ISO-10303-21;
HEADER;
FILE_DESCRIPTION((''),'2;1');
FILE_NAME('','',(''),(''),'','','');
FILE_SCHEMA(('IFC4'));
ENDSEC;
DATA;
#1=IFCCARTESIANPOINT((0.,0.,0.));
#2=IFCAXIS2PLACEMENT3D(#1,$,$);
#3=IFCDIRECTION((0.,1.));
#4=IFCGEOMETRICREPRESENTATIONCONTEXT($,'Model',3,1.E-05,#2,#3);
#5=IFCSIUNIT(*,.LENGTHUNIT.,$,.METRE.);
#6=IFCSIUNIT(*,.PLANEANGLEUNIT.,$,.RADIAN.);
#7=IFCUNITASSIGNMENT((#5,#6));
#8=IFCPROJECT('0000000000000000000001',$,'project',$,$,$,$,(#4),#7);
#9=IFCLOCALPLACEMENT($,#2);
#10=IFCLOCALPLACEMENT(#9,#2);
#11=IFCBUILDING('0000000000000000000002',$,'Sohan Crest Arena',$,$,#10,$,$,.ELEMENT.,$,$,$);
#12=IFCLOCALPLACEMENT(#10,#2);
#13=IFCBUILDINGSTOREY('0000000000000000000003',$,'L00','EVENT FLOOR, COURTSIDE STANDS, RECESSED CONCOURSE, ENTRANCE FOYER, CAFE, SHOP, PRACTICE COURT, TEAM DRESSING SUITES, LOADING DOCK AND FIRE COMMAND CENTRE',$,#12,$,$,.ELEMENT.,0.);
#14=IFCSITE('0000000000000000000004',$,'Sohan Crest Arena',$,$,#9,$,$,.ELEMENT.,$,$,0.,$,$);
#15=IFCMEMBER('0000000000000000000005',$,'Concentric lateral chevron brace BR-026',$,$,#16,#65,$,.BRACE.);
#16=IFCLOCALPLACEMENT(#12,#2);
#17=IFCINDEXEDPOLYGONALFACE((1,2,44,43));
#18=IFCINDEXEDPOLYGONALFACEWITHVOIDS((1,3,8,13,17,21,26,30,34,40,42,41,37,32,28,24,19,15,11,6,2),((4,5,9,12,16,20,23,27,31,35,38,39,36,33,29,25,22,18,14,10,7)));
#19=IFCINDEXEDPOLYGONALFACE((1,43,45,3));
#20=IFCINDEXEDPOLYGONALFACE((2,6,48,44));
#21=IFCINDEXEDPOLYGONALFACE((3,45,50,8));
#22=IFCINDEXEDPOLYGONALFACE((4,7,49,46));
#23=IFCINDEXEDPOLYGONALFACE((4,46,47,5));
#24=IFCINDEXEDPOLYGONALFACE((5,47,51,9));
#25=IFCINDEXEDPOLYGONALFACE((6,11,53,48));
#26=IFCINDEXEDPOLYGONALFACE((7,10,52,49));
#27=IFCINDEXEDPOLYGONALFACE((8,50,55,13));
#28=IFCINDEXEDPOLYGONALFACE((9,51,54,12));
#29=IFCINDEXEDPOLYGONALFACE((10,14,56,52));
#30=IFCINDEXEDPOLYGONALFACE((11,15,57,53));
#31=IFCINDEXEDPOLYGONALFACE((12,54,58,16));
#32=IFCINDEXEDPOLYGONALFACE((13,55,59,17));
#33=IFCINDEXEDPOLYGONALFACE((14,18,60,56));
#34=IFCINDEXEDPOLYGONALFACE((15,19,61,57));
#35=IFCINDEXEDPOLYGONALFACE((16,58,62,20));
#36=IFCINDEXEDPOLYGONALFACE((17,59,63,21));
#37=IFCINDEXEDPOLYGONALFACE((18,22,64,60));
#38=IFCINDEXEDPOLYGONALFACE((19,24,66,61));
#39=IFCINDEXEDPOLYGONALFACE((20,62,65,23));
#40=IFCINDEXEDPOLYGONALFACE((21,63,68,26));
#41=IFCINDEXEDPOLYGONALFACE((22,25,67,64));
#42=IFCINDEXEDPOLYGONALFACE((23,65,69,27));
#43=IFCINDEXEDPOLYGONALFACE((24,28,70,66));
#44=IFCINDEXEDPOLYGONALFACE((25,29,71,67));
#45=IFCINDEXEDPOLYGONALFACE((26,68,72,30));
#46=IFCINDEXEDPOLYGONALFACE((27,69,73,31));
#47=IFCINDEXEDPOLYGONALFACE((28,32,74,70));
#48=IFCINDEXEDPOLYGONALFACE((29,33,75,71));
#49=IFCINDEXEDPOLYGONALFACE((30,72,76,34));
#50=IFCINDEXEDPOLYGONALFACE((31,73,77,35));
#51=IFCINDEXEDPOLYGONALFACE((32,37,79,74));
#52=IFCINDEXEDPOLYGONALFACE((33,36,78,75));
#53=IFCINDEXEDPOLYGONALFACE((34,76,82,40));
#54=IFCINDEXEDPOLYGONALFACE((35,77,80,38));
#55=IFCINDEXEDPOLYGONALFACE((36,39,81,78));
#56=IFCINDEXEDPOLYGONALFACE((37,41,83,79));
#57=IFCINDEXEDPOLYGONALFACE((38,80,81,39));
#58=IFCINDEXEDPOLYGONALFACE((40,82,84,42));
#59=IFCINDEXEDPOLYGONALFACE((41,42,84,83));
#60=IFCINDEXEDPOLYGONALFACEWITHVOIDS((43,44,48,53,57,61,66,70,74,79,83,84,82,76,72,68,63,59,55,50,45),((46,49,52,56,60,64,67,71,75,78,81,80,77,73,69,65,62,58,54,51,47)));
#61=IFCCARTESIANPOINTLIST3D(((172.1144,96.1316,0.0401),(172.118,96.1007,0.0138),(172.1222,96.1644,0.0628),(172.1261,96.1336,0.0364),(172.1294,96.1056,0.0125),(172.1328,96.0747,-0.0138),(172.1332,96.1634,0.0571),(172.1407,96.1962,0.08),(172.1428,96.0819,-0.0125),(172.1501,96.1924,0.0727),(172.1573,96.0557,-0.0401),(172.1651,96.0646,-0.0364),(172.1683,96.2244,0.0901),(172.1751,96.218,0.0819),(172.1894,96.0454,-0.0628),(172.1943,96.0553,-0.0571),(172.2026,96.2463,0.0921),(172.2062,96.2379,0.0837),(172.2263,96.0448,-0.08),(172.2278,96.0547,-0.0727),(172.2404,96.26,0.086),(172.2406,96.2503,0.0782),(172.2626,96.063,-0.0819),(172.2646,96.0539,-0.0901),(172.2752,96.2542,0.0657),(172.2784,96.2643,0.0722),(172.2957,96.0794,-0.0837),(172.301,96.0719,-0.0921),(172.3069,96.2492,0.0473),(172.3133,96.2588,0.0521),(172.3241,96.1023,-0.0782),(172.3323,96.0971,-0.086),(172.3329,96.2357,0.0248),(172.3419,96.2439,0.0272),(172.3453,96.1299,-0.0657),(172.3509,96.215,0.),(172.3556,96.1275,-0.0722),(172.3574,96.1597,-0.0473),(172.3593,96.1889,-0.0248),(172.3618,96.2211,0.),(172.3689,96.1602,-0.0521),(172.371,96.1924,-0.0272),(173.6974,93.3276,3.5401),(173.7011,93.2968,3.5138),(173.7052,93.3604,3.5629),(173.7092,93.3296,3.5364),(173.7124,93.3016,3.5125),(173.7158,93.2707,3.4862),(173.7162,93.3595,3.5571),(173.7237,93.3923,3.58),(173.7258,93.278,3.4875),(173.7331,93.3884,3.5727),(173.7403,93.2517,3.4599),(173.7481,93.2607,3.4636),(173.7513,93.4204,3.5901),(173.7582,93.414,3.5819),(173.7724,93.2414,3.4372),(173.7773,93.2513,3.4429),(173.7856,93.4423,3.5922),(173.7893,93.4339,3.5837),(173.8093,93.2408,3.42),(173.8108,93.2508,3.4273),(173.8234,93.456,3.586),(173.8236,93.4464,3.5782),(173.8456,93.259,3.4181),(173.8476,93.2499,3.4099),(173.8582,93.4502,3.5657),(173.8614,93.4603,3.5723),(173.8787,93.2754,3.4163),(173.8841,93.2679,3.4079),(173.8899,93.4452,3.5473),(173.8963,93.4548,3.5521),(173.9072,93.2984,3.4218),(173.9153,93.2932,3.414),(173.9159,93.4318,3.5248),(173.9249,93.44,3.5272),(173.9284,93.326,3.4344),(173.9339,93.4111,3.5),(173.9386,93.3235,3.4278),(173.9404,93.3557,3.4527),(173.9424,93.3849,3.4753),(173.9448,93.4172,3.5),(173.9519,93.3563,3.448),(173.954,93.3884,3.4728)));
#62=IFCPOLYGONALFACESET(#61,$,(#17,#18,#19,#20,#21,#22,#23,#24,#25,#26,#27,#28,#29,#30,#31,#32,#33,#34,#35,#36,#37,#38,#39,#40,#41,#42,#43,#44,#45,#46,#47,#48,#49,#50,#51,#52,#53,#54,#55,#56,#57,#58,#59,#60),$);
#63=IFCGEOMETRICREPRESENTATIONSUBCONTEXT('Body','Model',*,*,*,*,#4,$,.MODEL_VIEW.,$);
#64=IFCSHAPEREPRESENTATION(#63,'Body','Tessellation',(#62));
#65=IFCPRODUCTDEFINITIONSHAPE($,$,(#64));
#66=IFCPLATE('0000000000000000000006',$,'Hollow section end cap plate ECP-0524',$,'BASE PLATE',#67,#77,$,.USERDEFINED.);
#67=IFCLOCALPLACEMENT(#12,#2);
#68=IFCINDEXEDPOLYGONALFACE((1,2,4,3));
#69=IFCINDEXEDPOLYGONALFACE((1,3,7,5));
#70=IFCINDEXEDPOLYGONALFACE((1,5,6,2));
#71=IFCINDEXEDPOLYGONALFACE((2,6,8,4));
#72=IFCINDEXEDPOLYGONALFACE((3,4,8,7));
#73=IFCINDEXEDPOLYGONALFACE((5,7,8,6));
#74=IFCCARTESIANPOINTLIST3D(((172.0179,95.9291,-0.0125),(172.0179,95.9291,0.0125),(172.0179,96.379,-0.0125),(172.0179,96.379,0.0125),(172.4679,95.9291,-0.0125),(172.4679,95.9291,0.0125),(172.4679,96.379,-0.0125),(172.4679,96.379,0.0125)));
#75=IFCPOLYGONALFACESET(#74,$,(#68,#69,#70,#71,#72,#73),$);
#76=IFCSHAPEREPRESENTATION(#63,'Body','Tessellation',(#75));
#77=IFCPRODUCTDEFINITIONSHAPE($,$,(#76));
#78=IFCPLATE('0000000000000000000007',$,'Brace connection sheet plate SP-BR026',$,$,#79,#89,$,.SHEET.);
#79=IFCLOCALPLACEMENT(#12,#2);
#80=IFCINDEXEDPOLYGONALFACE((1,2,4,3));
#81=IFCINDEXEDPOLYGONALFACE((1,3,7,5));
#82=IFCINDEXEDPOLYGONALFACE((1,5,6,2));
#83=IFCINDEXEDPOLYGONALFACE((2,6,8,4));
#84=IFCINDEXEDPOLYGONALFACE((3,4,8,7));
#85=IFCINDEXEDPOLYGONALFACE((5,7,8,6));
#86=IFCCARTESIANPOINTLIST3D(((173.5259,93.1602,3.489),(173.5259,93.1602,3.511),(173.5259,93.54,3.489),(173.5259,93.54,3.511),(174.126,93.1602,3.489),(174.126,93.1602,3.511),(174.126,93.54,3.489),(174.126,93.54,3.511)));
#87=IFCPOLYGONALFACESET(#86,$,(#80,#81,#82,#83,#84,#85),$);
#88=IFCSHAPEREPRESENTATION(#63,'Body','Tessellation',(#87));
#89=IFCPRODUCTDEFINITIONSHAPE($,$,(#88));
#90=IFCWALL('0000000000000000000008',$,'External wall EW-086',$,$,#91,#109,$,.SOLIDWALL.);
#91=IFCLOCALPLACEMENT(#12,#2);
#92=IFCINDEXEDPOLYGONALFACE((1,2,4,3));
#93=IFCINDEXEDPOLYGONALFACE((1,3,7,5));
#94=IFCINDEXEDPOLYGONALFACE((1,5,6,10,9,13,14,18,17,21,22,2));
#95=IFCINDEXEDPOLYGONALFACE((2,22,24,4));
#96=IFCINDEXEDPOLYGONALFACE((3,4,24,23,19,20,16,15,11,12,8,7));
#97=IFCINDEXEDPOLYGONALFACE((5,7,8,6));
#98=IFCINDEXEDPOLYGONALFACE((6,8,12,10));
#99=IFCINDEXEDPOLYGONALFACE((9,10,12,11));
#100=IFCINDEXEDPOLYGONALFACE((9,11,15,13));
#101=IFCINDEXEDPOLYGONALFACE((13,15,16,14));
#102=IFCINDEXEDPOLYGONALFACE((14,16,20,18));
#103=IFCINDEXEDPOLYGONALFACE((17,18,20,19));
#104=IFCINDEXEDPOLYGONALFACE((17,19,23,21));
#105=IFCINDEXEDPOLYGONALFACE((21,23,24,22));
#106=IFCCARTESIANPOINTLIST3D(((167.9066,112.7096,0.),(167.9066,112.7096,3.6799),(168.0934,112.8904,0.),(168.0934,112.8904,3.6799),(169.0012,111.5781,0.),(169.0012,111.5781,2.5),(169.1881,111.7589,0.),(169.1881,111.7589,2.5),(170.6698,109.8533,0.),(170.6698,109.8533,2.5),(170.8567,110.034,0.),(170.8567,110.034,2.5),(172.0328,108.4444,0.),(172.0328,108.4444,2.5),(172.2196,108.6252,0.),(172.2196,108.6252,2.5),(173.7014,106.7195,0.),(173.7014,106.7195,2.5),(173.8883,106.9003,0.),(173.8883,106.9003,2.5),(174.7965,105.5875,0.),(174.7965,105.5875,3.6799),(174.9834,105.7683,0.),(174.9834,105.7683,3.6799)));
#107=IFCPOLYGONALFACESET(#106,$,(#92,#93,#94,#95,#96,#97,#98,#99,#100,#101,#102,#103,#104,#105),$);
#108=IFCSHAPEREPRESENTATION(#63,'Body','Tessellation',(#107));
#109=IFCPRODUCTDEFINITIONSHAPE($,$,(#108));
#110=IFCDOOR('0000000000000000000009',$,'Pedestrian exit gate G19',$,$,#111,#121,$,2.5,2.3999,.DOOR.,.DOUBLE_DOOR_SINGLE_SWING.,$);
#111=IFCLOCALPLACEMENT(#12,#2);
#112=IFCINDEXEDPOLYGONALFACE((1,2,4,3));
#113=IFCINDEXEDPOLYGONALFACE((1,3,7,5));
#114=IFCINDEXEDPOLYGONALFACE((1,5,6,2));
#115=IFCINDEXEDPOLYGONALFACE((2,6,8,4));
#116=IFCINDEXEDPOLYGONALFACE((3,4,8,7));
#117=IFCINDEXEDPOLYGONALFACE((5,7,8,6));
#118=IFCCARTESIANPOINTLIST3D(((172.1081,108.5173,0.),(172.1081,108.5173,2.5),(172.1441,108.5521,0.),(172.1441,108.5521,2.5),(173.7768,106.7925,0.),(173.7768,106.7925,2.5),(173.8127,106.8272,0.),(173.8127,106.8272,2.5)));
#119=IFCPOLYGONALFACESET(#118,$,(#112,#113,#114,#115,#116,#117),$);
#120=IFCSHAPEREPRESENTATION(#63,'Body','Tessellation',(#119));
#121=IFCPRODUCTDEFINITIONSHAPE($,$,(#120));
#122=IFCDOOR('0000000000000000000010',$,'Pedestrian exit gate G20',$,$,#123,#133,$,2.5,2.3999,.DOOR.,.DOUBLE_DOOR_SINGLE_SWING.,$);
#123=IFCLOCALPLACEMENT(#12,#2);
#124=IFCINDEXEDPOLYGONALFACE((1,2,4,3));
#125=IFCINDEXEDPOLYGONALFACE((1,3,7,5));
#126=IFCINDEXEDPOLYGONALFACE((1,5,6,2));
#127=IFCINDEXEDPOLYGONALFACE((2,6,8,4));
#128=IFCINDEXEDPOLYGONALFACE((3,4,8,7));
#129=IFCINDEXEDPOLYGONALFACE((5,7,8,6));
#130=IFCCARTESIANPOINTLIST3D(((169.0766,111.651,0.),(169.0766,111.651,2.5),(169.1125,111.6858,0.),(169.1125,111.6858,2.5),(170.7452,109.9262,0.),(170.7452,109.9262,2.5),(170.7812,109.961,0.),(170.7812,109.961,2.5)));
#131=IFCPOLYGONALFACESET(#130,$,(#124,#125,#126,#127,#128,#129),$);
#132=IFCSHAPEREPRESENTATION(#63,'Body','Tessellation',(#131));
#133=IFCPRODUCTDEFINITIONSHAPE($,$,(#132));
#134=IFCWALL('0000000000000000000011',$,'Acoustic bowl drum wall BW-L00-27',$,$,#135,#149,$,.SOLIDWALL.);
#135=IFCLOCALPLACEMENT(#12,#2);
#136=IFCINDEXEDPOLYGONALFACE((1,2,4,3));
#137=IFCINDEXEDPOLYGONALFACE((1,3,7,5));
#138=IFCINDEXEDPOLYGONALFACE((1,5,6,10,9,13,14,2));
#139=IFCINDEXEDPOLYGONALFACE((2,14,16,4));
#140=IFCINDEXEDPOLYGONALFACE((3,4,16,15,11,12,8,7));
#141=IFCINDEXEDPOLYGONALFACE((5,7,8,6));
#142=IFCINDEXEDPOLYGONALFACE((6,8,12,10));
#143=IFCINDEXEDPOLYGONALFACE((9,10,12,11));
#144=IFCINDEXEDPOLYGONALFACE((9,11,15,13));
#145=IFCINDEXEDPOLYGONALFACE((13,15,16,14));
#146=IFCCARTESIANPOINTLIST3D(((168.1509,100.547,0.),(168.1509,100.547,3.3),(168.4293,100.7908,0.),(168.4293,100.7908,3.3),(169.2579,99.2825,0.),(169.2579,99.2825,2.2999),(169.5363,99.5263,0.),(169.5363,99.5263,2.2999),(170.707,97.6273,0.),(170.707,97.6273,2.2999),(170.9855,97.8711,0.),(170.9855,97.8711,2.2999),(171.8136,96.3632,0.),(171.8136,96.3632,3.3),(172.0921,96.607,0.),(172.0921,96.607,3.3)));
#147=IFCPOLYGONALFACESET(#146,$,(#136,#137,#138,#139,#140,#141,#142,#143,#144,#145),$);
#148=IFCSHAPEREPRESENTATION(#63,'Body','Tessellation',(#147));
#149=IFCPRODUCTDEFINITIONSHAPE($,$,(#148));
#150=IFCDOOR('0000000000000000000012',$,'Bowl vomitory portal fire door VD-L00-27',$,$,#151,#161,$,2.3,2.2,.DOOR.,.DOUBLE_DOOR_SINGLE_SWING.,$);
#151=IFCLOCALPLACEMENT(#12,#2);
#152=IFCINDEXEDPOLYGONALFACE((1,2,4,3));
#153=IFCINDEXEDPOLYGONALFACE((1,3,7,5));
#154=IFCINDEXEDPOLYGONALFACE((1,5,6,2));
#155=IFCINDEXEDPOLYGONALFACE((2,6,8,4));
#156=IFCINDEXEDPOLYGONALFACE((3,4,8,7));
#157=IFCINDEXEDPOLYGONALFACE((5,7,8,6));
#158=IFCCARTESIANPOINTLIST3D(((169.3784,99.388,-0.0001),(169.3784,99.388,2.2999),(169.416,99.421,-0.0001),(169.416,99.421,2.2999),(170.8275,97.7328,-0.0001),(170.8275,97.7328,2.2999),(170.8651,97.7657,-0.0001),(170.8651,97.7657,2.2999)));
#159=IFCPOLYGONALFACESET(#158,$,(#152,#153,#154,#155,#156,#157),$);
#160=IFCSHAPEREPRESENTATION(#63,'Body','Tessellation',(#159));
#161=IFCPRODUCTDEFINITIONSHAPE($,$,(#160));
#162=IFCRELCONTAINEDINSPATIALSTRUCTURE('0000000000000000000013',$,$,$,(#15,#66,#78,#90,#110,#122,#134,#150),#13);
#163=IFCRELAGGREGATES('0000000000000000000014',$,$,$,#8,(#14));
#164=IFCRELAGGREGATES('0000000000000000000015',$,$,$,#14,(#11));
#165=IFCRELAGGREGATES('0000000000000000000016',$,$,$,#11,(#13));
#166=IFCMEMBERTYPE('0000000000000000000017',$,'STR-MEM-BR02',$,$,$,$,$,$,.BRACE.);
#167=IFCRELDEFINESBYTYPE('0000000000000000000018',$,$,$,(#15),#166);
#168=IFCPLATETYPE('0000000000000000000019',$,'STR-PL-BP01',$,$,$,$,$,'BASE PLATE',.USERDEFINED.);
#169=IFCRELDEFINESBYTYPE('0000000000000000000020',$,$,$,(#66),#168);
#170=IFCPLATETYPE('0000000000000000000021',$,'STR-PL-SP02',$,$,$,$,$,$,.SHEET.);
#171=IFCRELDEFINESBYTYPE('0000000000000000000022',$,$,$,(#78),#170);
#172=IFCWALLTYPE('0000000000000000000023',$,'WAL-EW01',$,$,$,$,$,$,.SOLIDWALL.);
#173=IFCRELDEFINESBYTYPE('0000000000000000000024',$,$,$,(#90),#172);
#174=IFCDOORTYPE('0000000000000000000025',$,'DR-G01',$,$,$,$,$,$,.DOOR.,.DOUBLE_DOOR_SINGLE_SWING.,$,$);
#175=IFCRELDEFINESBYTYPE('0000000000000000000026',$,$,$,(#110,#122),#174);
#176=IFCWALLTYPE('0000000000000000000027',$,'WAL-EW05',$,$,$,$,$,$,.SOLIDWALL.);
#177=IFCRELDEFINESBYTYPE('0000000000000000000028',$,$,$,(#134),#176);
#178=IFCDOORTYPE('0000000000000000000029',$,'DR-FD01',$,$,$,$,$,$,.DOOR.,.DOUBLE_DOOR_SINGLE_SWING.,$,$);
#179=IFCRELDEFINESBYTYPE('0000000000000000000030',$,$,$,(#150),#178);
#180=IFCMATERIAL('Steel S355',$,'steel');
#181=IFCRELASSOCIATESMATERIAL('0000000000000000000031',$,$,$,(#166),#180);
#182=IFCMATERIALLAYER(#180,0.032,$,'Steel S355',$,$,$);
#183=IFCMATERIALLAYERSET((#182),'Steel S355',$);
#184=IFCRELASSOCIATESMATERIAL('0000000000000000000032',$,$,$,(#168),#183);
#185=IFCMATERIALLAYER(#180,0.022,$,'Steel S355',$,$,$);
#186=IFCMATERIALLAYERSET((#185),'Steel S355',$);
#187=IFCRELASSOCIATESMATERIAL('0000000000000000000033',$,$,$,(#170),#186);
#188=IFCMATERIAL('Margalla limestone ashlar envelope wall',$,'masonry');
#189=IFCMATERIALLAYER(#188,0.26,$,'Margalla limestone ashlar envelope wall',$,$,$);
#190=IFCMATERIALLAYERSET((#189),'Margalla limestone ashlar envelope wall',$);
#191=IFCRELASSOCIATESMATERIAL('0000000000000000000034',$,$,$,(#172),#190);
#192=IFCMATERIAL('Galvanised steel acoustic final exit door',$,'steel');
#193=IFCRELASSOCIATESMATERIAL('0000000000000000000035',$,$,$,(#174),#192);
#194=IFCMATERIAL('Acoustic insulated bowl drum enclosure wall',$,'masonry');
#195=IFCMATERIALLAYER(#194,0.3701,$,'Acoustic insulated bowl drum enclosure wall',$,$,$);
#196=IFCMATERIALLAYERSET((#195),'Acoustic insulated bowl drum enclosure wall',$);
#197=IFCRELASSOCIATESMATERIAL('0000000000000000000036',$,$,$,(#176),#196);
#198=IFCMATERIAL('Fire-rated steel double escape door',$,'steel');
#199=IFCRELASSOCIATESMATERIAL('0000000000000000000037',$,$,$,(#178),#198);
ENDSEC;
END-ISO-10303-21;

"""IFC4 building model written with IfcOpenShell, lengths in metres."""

from ifc_helpers import new_model, si_unit, direction, frame, frame_2d, origin, origin_2d, place, context, subcontext, project, spatial, rectangle, hollow_circle, extrude, material, layer, layer_set, material_profile, profile_set, type_object, element, fill, save


model = new_model("IFC4")

# Units and contexts
model_context = context("Model", 3, precision=1e-05, world=origin(), true_north=direction((0.0, 1.0)))
body_context = subcontext(model_context, "Body", "Model", "MODEL_VIEW")
ifc_project = project(units=[si_unit("LENGTHUNIT", "METRE"), si_unit("PLANEANGLEUNIT", "RADIAN")], contexts=[model_context])

# Site, building, storey
site_placement = place(None, origin())
site = spatial("IfcSite", under=ifc_project, at=site_placement, Name="Sohan Crest Arena", CompositionType="ELEMENT", RefElevation=0.0)
building_placement = place(site_placement, origin())
building = spatial("IfcBuilding", under=site, at=building_placement, Name="Sohan Crest Arena", CompositionType="ELEMENT")
storey_placement = place(building_placement, origin())
storey = spatial("IfcBuildingStorey", under=building, at=storey_placement, Name="L00", Description="EVENT FLOOR, COURTSIDE STANDS, RECESSED CONCOURSE, ENTRANCE FOYER, CAFE, SHOP, PRACTICE COURT, TEAM DRESSING SUITES, LOADING DOCK AND FIRE COMMAND CENTRE", CompositionType="ELEMENT", Elevation=0.0)

# Shared definitions
ifc_material_1 = material(Name="Steel S355", Category="steel")

# Member
ifc_material_profile_1 = material_profile(ifc_material_1, hollow_circle(Radius=0.1365, WallThickness=0.0125, at=origin_2d()), Name="CHS 273x12.5")
ifc_profile_set_1 = profile_set([ifc_material_profile_1], Name="Steel S355")
member_type_1 = type_object("IfcMemberType", Name="STR-MEM-BR02", PredefinedType="BRACE", material=ifc_profile_set_1)
member_1_placement = place(storey_placement, frame((172.2429, 96.1541, 0.0), z_axis=(0.332855, -0.589581, 0.735936), x_axis=(0.870807, 0.491625, 0.0)))
element("IfcMember", 1, at=member_1_placement, inside=storey, type_object=member_type_1, Name="Concentric lateral chevron brace BR-026", PredefinedType="BRACE", context=body_context, shape_type="SweptSolid", body=[
    extrude(hollow_circle(Radius=0.1365, WallThickness=0.0125, at=origin_2d()), origin(), (0.0, 0.0, 1.0), 4.7559),
])

# Plates
ifc_layer_1 = layer(ifc_material_1, 0.032, Name="Steel S355")
ifc_layer_set_1 = layer_set([ifc_layer_1], Name="Steel S355")
plate_type_1 = type_object("IfcPlateType", Name="STR-PL-BP01", ElementType="BASE PLATE", PredefinedType="USERDEFINED", material=ifc_layer_set_1)
plate_1_placement = place(storey_placement, frame((172.2429, 96.1541, -0.0125), z_axis=(0.0, 0.0, 1.0), x_axis=(1.0, 0.0, 0.0)))
element("IfcPlate", 2, at=plate_1_placement, inside=storey, type_object=plate_type_1, Name="Hollow section end cap plate ECP-0524", ObjectType="BASE PLATE", PredefinedType="USERDEFINED", context=body_context, shape_type="SweptSolid", body=[
    extrude(rectangle(XDim=0.45, YDim=0.45, at=origin_2d()), origin(), (0.0, 0.0, 1.0), 0.0249),
])
ifc_layer_2 = layer(ifc_material_1, 0.022, Name="Steel S355")
ifc_layer_set_2 = layer_set([ifc_layer_2], Name="Steel S355")
plate_type_2 = type_object("IfcPlateType", Name="STR-PL-SP02", PredefinedType="SHEET", material=ifc_layer_set_2)
plate_2_placement = place(storey_placement, frame((173.8259, 93.3501, 3.489), z_axis=(0.0, 0.0, 1.0), x_axis=(1.0, 0.0, 0.0)))
element("IfcPlate", 3, at=plate_2_placement, inside=storey, type_object=plate_type_2, Name="Brace connection sheet plate SP-BR026", PredefinedType="SHEET", context=body_context, shape_type="SweptSolid", body=[
    extrude(rectangle(XDim=0.6001, YDim=0.3799, at=origin_2d()), origin(), (0.0, 0.0, 1.0), 0.022),
])

# Wall, openings, doors
ifc_material_2 = material(Name="Margalla limestone ashlar envelope wall", Category="masonry")
ifc_layer_3 = layer(ifc_material_2, 0.26, Name="Margalla limestone ashlar envelope wall")
ifc_layer_set_3 = layer_set([ifc_layer_3], Name="Margalla limestone ashlar envelope wall")
wall_type_1 = type_object("IfcWallType", Name="WAL-EW01", PredefinedType="SOLIDWALL", material=ifc_layer_set_3)
wall_1_placement = place(storey_placement, frame((174.8899, 105.678, 0.0), z_axis=(0.0, 0.0, 1.0), x_axis=(-0.695295, 0.718725, 0.0)))
wall_1 = element("IfcWall", 4, at=wall_1_placement, inside=storey, type_object=wall_type_1, Name="External wall EW-086", PredefinedType="SOLIDWALL", context=body_context, shape_type="SweptSolid", body=[
    extrude(rectangle(XDim=9.9094, YDim=0.26, at=frame_2d((4.9546, 0.0))), origin(), (0.0, 0.0, 1.0), 3.6799),
])
opening_1_placement = place(wall_1_placement, frame((1.575, 0.0, 0.0)))
opening_1 = element("IfcOpeningElement", 5, at=opening_1_placement, cuts=wall_1, PredefinedType="OPENING", context=body_context, shape_type="SweptSolid", body=[
    extrude(rectangle(XDim=2.3999, YDim=2.5, at=frame_2d((1.2, 1.25))), frame((0.0, 0.1399, 0.0), z_axis=(0.0, -1.0, 0.0), x_axis=(1.0, 0.0, 0.0)), (0.0, 0.0, 1.0), 0.28),
])
opening_2_placement = place(wall_1_placement, frame((5.9351, 0.0, 0.0)))
opening_2 = element("IfcOpeningElement", 6, at=opening_2_placement, cuts=wall_1, PredefinedType="OPENING", context=body_context, shape_type="SweptSolid", body=[
    extrude(rectangle(XDim=2.3999, YDim=2.5, at=frame_2d((1.2, 1.25))), frame((0.0, 0.1399, 0.0), z_axis=(0.0, -1.0, 0.0), x_axis=(1.0, 0.0, 0.0)), (0.0, 0.0, 1.0), 0.28),
])
ifc_material_3 = material(Name="Galvanised steel acoustic final exit door", Category="steel")
door_type_1 = type_object("IfcDoorType", Name="DR-G01", OperationType="DOUBLE_DOOR_SINGLE_SWING", PredefinedType="DOOR", material=ifc_material_3)
door_1_placement = place(opening_1_placement, frame((2.3999, 0.0, 0.0), z_axis=(0.0, 0.0, 1.0), x_axis=(-1.0, 0.0, 0.0)))
door_1 = element("IfcDoor", 7, at=door_1_placement, inside=storey, type_object=door_type_1, Name="Pedestrian exit gate G19", OperationType="DOUBLE_DOOR_SINGLE_SWING", OverallHeight=2.5, OverallWidth=2.3999, PredefinedType="DOOR", context=body_context, shape_type="SweptSolid", body=[
    extrude(rectangle(XDim=2.3999, YDim=2.5, at=frame_2d((1.2, 1.25))), frame((0.0, 0.0249, 0.0), z_axis=(0.0, -1.0, 0.0), x_axis=(1.0, 0.0, 0.0)), (0.0, 0.0, 1.0), 0.05),
])
fill(opening_1, door_1)
door_2_placement = place(opening_2_placement, frame((2.3999, 0.0, 0.0), z_axis=(0.0, 0.0, 1.0), x_axis=(-1.0, 0.0, 0.0)))
door_2 = element("IfcDoor", 8, at=door_2_placement, inside=storey, type_object=door_type_1, Name="Pedestrian exit gate G20", OperationType="DOUBLE_DOOR_SINGLE_SWING", OverallHeight=2.5, OverallWidth=2.3999, PredefinedType="DOOR", context=body_context, shape_type="SweptSolid", body=[
    extrude(rectangle(XDim=2.3999, YDim=2.5, at=frame_2d((1.2, 1.25))), frame((0.0, 0.0249, 0.0), z_axis=(0.0, -1.0, 0.0), x_axis=(1.0, 0.0, 0.0)), (0.0, 0.0, 1.0), 0.05),
])
fill(opening_2, door_2)

# Wall, opening, door
ifc_material_4 = material(Name="Acoustic insulated bowl drum enclosure wall", Category="masonry")
ifc_layer_4 = layer(ifc_material_4, 0.3701, Name="Acoustic insulated bowl drum enclosure wall")
ifc_layer_set_4 = layer_set([ifc_layer_4], Name="Acoustic insulated bowl drum enclosure wall")
wall_type_2 = type_object("IfcWallType", Name="WAL-EW05", PredefinedType="SOLIDWALL", material=ifc_layer_set_4)
wall_2_placement = place(storey_placement, frame((171.9529, 96.4851, 0.0), z_axis=(0.0, 0.0, 1.0), x_axis=(-0.658707, 0.7524, 0.0)))
wall_2 = element("IfcWall", 9, at=wall_2_placement, inside=storey, type_object=wall_type_2, Name="Acoustic bowl drum wall BW-L00-27", PredefinedType="SOLIDWALL", context=body_context, shape_type="SweptSolid", body=[
    extrude(rectangle(XDim=5.5605, YDim=0.3701, at=frame_2d((2.7803, 0.0))), origin(), (0.0, 0.0, 1.0), 3.3),
])
opening_3_placement = place(wall_2_placement, frame((1.6799, 0.0, 0.0)))
opening_3 = element("IfcOpeningElement", 10, at=opening_3_placement, cuts=wall_2, PredefinedType="OPENING", context=body_context, shape_type="SweptSolid", body=[
    extrude(rectangle(XDim=2.2, YDim=2.3, at=frame_2d((1.1001, 1.1499))), frame((0.0, 0.1951, 0.0), z_axis=(0.0, -1.0, 0.0), x_axis=(1.0, 0.0, 0.0)), (0.0, 0.0, 1.0), 0.3901),
])
ifc_material_5 = material(Name="Fire-rated steel double escape door", Category="steel")
door_type_2 = type_object("IfcDoorType", Name="DR-FD01", OperationType="DOUBLE_DOOR_SINGLE_SWING", PredefinedType="DOOR", material=ifc_material_5)
door_3_placement = place(opening_3_placement, origin())
door_3 = element("IfcDoor", 11, at=door_3_placement, inside=storey, type_object=door_type_2, Name="Bowl vomitory portal fire door VD-L00-27", OperationType="DOUBLE_DOOR_SINGLE_SWING", OverallHeight=2.3, OverallWidth=2.2, PredefinedType="DOOR", context=body_context, shape_type="SweptSolid", body=[
    extrude(rectangle(XDim=2.2, YDim=2.3, at=frame_2d((1.1001, 1.1499))), frame((0.0, 0.0249, 0.0), z_axis=(0.0, -1.0, 0.0), x_axis=(1.0, 0.0, 0.0)), (0.0, 0.0, 1.0), 0.05),
])
fill(opening_3, door_3)

save(model, "model.ifc")
